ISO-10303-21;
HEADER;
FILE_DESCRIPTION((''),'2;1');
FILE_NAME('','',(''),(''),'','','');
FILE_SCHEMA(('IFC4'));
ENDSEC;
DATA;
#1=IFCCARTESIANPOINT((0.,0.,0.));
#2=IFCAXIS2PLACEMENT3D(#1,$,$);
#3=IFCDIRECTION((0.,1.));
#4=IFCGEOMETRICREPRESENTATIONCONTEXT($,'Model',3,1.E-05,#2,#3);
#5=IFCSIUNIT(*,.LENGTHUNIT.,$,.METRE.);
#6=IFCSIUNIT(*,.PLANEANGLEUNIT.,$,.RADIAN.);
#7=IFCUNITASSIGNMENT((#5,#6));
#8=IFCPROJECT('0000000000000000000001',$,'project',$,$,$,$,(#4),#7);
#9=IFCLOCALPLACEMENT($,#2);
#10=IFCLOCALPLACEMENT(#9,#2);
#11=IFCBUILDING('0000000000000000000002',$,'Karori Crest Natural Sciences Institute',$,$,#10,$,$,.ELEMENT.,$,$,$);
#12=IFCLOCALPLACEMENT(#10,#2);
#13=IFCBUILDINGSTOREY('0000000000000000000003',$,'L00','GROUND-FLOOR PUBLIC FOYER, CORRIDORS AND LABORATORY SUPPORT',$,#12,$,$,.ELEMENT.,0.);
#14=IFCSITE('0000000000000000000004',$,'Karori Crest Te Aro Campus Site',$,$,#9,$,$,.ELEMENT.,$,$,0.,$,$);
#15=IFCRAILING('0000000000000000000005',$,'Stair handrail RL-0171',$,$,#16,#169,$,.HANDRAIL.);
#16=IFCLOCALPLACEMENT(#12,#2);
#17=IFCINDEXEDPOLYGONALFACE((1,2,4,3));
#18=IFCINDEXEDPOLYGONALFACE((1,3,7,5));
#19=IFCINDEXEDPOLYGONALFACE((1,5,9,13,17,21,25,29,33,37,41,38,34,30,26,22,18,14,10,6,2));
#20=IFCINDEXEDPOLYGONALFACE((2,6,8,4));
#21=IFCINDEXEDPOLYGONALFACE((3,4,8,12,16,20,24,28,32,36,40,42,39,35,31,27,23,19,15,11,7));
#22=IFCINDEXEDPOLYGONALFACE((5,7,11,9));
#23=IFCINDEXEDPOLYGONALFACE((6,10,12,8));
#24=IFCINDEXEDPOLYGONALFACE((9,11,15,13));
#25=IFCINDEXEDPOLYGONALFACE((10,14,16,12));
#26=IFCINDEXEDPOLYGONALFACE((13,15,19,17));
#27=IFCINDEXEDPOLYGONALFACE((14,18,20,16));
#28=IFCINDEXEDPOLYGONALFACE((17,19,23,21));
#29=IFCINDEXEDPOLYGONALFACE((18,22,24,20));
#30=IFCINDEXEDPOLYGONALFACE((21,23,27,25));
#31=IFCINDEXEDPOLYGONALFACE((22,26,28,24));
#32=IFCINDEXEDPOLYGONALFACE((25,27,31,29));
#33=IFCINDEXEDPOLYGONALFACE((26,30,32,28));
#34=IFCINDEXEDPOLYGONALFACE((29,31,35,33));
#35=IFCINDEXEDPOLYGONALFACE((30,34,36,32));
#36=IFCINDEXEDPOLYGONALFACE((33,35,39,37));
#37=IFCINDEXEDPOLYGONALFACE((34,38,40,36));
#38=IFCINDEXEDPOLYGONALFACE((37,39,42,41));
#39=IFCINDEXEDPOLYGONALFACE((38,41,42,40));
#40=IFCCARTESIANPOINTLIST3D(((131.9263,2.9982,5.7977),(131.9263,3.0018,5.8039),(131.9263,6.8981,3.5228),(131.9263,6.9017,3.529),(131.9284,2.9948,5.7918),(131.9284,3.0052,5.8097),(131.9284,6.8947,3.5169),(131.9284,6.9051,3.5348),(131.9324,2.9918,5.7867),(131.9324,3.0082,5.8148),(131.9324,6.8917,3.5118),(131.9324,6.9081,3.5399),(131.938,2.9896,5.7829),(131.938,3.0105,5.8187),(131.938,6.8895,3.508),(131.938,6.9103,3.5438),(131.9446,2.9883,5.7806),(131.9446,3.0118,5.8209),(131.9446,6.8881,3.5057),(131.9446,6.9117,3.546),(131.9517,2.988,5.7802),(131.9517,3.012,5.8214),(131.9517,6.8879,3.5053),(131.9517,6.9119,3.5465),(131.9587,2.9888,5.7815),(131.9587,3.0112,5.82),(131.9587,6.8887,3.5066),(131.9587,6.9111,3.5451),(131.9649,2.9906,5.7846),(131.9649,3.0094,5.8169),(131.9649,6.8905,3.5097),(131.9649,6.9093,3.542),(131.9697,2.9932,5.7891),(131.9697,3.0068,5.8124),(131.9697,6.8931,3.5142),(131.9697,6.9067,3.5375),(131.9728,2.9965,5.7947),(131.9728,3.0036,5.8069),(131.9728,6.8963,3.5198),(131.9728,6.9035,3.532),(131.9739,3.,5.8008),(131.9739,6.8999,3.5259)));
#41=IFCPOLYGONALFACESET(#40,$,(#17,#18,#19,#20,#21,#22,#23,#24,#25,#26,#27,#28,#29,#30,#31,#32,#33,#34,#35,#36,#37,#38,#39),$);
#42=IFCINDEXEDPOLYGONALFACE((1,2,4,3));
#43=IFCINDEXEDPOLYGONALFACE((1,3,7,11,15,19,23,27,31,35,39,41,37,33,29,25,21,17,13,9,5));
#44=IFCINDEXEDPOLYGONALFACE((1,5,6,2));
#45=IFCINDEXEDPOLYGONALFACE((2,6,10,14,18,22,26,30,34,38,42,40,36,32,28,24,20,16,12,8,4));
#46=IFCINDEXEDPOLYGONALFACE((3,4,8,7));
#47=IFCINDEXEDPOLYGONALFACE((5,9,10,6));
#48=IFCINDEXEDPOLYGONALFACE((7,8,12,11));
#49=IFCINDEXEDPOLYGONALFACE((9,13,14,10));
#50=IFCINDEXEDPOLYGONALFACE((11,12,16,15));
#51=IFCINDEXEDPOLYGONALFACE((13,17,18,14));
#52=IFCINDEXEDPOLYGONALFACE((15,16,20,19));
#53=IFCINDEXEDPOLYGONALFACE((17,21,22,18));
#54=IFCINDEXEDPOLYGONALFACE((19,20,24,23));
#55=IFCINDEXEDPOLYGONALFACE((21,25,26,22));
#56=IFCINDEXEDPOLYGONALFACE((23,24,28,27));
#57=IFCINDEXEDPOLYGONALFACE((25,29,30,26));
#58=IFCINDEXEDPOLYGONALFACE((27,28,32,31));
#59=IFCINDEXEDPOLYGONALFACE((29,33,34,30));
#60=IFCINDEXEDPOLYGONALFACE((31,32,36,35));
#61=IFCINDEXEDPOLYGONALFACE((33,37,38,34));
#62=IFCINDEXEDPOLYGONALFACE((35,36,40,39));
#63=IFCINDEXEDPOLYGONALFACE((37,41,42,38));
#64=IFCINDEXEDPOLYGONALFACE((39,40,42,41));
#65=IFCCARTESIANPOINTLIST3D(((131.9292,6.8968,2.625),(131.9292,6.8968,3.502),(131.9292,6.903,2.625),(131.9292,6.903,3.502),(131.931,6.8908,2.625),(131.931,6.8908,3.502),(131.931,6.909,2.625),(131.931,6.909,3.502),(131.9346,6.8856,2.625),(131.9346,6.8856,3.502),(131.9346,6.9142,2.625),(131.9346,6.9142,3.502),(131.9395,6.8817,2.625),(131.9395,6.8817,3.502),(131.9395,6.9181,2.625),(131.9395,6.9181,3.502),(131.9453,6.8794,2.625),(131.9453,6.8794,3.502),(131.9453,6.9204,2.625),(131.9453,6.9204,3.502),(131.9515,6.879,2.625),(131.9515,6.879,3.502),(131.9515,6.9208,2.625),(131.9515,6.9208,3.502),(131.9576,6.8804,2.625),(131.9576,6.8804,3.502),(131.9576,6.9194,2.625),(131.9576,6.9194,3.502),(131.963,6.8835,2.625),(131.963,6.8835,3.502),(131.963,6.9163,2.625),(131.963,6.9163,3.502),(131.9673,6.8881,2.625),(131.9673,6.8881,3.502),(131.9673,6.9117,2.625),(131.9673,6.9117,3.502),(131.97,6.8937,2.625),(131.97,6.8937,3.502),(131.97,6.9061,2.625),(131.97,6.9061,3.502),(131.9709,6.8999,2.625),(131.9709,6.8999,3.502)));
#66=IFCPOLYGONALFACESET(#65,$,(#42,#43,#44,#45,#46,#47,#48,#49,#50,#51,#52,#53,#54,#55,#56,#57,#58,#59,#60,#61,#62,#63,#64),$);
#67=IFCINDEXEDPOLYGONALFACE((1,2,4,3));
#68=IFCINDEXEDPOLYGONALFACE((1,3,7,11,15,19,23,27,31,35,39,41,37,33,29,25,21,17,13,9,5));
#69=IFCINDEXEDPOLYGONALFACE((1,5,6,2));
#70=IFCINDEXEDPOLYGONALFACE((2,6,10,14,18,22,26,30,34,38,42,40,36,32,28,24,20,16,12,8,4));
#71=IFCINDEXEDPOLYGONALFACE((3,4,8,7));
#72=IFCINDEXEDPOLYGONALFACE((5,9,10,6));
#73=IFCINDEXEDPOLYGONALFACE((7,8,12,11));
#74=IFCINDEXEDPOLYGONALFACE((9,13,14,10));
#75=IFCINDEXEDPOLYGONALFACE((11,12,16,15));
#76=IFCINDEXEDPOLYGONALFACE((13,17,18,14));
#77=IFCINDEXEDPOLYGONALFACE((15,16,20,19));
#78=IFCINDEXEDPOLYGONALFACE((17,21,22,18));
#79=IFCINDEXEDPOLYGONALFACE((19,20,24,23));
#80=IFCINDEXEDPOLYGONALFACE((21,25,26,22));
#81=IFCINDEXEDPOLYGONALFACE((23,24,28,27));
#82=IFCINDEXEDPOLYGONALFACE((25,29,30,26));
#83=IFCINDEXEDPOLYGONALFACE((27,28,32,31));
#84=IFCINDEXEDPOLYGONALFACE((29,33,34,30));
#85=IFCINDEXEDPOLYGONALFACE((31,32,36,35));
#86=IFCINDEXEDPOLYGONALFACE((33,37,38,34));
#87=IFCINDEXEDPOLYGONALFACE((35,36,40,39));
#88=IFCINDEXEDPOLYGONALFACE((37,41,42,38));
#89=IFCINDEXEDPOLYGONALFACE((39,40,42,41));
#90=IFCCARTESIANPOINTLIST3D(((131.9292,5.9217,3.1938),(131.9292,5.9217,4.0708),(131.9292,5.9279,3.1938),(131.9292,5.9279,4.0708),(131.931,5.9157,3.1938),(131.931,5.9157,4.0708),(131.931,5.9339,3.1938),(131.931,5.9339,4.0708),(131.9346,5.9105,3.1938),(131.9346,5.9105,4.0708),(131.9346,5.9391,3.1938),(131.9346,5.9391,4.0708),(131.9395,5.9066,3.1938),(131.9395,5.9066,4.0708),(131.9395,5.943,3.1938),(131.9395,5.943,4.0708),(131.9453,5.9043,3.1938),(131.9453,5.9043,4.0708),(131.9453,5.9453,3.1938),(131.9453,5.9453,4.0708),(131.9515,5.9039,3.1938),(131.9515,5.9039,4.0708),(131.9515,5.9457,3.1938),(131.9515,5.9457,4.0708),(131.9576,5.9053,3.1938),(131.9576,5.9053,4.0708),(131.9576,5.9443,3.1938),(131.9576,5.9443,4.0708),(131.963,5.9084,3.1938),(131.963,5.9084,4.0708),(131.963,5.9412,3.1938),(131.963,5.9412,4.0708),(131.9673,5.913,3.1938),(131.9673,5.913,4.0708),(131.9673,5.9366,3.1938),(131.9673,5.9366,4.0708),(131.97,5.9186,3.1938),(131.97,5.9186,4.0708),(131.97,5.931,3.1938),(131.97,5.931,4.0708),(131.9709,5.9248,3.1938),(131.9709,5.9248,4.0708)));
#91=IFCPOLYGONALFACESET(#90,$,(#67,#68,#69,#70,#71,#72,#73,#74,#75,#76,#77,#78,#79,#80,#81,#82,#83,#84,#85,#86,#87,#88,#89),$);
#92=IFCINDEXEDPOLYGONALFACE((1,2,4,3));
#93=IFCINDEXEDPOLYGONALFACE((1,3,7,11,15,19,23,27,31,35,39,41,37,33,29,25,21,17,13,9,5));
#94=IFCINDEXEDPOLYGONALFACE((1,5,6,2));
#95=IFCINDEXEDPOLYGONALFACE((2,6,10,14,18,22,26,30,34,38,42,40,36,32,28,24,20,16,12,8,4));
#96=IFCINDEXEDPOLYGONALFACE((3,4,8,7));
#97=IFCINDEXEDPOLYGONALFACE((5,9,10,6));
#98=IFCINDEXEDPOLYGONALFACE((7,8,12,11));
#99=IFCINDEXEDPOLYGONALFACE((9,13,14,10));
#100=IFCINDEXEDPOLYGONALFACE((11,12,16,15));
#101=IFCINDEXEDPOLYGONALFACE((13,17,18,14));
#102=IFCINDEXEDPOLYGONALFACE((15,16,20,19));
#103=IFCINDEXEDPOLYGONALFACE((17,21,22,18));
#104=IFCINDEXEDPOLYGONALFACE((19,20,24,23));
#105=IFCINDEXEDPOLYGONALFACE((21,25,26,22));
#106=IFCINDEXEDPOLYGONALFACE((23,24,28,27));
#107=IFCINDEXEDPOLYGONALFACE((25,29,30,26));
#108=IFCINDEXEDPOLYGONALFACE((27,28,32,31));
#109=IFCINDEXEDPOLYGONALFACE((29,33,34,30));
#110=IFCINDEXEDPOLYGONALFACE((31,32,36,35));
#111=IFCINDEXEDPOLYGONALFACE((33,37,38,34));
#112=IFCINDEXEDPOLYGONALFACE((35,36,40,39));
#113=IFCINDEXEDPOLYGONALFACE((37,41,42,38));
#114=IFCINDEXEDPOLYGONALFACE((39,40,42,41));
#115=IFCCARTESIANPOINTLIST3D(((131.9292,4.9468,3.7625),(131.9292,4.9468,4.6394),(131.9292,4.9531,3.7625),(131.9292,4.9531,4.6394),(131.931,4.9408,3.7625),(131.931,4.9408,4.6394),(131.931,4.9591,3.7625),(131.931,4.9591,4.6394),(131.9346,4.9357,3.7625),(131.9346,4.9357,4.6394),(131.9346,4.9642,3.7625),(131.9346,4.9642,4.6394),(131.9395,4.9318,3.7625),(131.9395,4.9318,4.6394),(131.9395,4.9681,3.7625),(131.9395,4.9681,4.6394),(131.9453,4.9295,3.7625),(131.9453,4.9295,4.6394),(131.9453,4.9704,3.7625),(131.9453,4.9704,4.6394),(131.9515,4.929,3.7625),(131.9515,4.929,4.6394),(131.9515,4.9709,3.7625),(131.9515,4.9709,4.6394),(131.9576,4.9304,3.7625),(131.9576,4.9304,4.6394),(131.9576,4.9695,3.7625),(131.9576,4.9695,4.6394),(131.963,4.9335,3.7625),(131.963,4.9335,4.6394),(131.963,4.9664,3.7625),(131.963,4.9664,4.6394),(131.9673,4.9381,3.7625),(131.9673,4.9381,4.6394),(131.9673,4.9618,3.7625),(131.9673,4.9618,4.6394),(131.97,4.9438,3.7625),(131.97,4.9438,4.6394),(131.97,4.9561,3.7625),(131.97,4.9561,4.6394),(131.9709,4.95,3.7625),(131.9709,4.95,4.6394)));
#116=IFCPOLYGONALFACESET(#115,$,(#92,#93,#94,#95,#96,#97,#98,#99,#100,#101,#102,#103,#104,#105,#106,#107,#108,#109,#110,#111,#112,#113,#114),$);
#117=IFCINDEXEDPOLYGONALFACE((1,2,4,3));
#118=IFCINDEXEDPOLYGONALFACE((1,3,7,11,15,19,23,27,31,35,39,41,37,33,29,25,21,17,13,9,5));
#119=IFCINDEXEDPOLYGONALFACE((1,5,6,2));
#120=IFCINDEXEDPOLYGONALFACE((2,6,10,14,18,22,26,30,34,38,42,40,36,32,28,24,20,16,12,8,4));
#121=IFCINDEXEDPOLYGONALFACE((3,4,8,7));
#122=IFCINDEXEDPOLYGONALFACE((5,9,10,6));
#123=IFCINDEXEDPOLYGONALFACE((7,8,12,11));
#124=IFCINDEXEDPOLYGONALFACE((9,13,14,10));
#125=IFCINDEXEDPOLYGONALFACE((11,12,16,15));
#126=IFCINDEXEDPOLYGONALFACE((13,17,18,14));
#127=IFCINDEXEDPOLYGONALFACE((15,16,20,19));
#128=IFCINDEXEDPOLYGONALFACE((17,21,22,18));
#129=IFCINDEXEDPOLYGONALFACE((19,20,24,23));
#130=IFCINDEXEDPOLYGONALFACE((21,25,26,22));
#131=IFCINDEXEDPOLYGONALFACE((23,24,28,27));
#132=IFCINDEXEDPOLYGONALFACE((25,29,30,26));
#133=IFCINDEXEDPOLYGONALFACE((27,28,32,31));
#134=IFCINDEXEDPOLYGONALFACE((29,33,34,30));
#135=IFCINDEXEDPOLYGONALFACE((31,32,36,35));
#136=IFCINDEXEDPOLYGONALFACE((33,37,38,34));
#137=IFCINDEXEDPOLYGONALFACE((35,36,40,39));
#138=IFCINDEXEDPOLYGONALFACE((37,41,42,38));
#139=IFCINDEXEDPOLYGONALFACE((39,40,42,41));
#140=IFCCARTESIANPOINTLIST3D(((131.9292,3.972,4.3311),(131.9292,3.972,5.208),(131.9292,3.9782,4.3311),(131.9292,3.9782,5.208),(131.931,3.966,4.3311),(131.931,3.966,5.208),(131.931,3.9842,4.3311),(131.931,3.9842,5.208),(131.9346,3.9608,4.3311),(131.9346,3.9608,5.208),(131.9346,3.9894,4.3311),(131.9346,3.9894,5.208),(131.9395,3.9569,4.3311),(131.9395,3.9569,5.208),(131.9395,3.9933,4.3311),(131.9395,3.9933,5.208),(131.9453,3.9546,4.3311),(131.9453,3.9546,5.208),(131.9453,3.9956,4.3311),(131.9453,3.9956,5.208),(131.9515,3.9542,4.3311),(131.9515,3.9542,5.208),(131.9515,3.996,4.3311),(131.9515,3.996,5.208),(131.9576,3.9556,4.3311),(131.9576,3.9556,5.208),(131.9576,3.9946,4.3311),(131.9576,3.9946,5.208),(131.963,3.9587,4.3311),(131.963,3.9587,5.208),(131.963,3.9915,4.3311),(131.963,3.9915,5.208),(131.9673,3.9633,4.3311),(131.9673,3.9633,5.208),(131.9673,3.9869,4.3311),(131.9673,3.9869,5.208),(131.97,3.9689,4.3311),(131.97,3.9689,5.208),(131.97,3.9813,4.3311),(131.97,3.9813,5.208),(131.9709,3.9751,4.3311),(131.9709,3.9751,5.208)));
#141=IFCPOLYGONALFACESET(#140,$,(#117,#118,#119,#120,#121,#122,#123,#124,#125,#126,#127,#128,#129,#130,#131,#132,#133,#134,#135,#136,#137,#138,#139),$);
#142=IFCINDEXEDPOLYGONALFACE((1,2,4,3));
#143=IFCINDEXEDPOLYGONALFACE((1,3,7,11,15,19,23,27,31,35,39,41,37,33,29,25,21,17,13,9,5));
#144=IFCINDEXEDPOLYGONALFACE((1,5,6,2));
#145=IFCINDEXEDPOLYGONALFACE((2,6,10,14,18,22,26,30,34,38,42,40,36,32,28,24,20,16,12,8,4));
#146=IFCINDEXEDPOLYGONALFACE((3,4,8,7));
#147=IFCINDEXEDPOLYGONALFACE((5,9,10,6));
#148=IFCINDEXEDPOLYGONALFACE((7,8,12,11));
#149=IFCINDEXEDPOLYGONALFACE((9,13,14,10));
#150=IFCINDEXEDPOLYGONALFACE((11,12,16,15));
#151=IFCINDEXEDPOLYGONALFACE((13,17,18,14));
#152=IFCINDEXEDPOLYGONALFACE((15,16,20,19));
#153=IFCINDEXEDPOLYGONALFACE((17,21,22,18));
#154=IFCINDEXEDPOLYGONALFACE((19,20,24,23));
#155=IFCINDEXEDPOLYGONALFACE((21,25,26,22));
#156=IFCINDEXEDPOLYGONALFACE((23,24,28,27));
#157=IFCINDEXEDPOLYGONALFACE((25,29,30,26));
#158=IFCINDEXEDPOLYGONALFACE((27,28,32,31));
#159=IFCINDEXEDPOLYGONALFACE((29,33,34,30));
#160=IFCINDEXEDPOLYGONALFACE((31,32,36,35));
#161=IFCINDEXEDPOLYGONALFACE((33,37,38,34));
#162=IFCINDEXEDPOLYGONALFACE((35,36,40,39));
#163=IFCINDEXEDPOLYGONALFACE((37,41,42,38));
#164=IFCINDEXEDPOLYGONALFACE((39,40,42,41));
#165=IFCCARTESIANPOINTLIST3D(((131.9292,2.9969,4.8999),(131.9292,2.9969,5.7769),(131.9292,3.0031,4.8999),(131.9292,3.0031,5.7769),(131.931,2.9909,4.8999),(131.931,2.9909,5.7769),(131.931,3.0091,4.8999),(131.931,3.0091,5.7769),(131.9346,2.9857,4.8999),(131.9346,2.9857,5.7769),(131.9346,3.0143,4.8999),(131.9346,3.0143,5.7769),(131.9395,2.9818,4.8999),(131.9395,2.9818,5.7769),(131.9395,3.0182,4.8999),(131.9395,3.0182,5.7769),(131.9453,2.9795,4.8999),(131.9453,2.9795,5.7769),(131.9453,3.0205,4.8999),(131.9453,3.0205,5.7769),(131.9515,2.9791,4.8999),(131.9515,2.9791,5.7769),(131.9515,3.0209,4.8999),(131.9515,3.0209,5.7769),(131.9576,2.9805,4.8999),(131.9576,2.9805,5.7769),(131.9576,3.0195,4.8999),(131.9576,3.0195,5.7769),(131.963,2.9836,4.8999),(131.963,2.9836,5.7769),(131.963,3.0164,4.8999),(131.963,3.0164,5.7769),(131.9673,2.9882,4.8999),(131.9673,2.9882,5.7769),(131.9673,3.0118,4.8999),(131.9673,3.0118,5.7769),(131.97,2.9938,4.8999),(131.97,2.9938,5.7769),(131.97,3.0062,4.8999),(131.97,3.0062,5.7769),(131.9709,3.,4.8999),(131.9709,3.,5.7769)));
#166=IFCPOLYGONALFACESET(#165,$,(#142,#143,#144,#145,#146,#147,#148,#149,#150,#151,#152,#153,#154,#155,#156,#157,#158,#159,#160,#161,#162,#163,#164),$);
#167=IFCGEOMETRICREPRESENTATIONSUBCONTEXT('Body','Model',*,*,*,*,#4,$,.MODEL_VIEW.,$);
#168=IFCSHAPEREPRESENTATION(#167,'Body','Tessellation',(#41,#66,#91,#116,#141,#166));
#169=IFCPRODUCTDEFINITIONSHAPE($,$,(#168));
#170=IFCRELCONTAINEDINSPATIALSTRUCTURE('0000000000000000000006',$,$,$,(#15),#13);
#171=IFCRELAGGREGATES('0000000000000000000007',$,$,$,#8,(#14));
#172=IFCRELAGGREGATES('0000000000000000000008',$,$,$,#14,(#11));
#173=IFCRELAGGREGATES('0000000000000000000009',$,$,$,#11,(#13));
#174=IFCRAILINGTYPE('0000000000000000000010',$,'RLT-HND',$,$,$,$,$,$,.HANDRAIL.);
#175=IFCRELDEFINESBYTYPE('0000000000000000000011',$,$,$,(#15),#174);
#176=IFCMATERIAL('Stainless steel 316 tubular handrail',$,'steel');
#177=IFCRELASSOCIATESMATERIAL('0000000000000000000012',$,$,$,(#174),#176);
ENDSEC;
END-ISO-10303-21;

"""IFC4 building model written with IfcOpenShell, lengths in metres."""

from ifc_helpers import new_model, si_unit, direction, frame, origin, origin_2d, place, context, subcontext, project, spatial, circle, extrude, material, type_object, element, save


model = new_model("IFC4")

# Units and contexts
model_context = context("Model", 3, precision=1e-05, world=origin(), true_north=direction((0.0, 1.0)))
body_context = subcontext(model_context, "Body", "Model", "MODEL_VIEW")
ifc_project = project(units=[si_unit("LENGTHUNIT", "METRE"), si_unit("PLANEANGLEUNIT", "RADIAN")], contexts=[model_context])

# Site, building, storey
site_placement = place(None, origin())
site = spatial("IfcSite", under=ifc_project, at=site_placement, Name="Karori Crest Te Aro Campus Site", CompositionType="ELEMENT", RefElevation=0.0)
building_placement = place(site_placement, origin())
building = spatial("IfcBuilding", under=site, at=building_placement, Name="Karori Crest Natural Sciences Institute", CompositionType="ELEMENT")
storey_placement = place(building_placement, origin())
storey = spatial("IfcBuildingStorey", under=building, at=storey_placement, Name="L00", Description="GROUND-FLOOR PUBLIC FOYER, CORRIDORS AND LABORATORY SUPPORT", CompositionType="ELEMENT", Elevation=0.0)

# Railing
ifc_material_1 = material(Name="Stainless steel 316 tubular handrail", Category="steel")
railing_type_1 = type_object("IfcRailingType", Name="RLT-HND", PredefinedType="HANDRAIL", material=ifc_material_1)
railing_1_placement = place(storey_placement, frame((131.95, 6.8999, 2.625)))
element("IfcRailing", 1, at=railing_1_placement, inside=storey, type_object=railing_type_1, Name="Stair handrail RL-0171", PredefinedType="HANDRAIL", context=body_context, shape_type="SweptSolid", body=[
    extrude(circle(Radius=0.0239, at=origin_2d()), frame((0.0, 0.0, 0.9009), z_axis=(0.0, -0.863783, 0.503864), x_axis=(1.0, 0.0, 0.0)), (0.0, 0.0, 1.0), 4.5149),
    extrude(circle(Radius=0.021, at=origin_2d()), origin(), (0.0, 0.0, 1.0), 0.877),
    extrude(circle(Radius=0.021, at=origin_2d()), frame((0.0, -0.9751, 0.5688)), (0.0, 0.0, 1.0), 0.877),
    extrude(circle(Radius=0.021, at=origin_2d()), frame((0.0, -1.95, 1.1375)), (0.0, 0.0, 1.0), 0.877),
    extrude(circle(Radius=0.021, at=origin_2d()), frame((0.0, -2.9248, 1.7061)), (0.0, 0.0, 1.0), 0.877),
    extrude(circle(Radius=0.021, at=origin_2d()), frame((0.0, -3.8999, 2.2749)), (0.0, 0.0, 1.0), 0.877),
])

save(model, "model.ifc")
